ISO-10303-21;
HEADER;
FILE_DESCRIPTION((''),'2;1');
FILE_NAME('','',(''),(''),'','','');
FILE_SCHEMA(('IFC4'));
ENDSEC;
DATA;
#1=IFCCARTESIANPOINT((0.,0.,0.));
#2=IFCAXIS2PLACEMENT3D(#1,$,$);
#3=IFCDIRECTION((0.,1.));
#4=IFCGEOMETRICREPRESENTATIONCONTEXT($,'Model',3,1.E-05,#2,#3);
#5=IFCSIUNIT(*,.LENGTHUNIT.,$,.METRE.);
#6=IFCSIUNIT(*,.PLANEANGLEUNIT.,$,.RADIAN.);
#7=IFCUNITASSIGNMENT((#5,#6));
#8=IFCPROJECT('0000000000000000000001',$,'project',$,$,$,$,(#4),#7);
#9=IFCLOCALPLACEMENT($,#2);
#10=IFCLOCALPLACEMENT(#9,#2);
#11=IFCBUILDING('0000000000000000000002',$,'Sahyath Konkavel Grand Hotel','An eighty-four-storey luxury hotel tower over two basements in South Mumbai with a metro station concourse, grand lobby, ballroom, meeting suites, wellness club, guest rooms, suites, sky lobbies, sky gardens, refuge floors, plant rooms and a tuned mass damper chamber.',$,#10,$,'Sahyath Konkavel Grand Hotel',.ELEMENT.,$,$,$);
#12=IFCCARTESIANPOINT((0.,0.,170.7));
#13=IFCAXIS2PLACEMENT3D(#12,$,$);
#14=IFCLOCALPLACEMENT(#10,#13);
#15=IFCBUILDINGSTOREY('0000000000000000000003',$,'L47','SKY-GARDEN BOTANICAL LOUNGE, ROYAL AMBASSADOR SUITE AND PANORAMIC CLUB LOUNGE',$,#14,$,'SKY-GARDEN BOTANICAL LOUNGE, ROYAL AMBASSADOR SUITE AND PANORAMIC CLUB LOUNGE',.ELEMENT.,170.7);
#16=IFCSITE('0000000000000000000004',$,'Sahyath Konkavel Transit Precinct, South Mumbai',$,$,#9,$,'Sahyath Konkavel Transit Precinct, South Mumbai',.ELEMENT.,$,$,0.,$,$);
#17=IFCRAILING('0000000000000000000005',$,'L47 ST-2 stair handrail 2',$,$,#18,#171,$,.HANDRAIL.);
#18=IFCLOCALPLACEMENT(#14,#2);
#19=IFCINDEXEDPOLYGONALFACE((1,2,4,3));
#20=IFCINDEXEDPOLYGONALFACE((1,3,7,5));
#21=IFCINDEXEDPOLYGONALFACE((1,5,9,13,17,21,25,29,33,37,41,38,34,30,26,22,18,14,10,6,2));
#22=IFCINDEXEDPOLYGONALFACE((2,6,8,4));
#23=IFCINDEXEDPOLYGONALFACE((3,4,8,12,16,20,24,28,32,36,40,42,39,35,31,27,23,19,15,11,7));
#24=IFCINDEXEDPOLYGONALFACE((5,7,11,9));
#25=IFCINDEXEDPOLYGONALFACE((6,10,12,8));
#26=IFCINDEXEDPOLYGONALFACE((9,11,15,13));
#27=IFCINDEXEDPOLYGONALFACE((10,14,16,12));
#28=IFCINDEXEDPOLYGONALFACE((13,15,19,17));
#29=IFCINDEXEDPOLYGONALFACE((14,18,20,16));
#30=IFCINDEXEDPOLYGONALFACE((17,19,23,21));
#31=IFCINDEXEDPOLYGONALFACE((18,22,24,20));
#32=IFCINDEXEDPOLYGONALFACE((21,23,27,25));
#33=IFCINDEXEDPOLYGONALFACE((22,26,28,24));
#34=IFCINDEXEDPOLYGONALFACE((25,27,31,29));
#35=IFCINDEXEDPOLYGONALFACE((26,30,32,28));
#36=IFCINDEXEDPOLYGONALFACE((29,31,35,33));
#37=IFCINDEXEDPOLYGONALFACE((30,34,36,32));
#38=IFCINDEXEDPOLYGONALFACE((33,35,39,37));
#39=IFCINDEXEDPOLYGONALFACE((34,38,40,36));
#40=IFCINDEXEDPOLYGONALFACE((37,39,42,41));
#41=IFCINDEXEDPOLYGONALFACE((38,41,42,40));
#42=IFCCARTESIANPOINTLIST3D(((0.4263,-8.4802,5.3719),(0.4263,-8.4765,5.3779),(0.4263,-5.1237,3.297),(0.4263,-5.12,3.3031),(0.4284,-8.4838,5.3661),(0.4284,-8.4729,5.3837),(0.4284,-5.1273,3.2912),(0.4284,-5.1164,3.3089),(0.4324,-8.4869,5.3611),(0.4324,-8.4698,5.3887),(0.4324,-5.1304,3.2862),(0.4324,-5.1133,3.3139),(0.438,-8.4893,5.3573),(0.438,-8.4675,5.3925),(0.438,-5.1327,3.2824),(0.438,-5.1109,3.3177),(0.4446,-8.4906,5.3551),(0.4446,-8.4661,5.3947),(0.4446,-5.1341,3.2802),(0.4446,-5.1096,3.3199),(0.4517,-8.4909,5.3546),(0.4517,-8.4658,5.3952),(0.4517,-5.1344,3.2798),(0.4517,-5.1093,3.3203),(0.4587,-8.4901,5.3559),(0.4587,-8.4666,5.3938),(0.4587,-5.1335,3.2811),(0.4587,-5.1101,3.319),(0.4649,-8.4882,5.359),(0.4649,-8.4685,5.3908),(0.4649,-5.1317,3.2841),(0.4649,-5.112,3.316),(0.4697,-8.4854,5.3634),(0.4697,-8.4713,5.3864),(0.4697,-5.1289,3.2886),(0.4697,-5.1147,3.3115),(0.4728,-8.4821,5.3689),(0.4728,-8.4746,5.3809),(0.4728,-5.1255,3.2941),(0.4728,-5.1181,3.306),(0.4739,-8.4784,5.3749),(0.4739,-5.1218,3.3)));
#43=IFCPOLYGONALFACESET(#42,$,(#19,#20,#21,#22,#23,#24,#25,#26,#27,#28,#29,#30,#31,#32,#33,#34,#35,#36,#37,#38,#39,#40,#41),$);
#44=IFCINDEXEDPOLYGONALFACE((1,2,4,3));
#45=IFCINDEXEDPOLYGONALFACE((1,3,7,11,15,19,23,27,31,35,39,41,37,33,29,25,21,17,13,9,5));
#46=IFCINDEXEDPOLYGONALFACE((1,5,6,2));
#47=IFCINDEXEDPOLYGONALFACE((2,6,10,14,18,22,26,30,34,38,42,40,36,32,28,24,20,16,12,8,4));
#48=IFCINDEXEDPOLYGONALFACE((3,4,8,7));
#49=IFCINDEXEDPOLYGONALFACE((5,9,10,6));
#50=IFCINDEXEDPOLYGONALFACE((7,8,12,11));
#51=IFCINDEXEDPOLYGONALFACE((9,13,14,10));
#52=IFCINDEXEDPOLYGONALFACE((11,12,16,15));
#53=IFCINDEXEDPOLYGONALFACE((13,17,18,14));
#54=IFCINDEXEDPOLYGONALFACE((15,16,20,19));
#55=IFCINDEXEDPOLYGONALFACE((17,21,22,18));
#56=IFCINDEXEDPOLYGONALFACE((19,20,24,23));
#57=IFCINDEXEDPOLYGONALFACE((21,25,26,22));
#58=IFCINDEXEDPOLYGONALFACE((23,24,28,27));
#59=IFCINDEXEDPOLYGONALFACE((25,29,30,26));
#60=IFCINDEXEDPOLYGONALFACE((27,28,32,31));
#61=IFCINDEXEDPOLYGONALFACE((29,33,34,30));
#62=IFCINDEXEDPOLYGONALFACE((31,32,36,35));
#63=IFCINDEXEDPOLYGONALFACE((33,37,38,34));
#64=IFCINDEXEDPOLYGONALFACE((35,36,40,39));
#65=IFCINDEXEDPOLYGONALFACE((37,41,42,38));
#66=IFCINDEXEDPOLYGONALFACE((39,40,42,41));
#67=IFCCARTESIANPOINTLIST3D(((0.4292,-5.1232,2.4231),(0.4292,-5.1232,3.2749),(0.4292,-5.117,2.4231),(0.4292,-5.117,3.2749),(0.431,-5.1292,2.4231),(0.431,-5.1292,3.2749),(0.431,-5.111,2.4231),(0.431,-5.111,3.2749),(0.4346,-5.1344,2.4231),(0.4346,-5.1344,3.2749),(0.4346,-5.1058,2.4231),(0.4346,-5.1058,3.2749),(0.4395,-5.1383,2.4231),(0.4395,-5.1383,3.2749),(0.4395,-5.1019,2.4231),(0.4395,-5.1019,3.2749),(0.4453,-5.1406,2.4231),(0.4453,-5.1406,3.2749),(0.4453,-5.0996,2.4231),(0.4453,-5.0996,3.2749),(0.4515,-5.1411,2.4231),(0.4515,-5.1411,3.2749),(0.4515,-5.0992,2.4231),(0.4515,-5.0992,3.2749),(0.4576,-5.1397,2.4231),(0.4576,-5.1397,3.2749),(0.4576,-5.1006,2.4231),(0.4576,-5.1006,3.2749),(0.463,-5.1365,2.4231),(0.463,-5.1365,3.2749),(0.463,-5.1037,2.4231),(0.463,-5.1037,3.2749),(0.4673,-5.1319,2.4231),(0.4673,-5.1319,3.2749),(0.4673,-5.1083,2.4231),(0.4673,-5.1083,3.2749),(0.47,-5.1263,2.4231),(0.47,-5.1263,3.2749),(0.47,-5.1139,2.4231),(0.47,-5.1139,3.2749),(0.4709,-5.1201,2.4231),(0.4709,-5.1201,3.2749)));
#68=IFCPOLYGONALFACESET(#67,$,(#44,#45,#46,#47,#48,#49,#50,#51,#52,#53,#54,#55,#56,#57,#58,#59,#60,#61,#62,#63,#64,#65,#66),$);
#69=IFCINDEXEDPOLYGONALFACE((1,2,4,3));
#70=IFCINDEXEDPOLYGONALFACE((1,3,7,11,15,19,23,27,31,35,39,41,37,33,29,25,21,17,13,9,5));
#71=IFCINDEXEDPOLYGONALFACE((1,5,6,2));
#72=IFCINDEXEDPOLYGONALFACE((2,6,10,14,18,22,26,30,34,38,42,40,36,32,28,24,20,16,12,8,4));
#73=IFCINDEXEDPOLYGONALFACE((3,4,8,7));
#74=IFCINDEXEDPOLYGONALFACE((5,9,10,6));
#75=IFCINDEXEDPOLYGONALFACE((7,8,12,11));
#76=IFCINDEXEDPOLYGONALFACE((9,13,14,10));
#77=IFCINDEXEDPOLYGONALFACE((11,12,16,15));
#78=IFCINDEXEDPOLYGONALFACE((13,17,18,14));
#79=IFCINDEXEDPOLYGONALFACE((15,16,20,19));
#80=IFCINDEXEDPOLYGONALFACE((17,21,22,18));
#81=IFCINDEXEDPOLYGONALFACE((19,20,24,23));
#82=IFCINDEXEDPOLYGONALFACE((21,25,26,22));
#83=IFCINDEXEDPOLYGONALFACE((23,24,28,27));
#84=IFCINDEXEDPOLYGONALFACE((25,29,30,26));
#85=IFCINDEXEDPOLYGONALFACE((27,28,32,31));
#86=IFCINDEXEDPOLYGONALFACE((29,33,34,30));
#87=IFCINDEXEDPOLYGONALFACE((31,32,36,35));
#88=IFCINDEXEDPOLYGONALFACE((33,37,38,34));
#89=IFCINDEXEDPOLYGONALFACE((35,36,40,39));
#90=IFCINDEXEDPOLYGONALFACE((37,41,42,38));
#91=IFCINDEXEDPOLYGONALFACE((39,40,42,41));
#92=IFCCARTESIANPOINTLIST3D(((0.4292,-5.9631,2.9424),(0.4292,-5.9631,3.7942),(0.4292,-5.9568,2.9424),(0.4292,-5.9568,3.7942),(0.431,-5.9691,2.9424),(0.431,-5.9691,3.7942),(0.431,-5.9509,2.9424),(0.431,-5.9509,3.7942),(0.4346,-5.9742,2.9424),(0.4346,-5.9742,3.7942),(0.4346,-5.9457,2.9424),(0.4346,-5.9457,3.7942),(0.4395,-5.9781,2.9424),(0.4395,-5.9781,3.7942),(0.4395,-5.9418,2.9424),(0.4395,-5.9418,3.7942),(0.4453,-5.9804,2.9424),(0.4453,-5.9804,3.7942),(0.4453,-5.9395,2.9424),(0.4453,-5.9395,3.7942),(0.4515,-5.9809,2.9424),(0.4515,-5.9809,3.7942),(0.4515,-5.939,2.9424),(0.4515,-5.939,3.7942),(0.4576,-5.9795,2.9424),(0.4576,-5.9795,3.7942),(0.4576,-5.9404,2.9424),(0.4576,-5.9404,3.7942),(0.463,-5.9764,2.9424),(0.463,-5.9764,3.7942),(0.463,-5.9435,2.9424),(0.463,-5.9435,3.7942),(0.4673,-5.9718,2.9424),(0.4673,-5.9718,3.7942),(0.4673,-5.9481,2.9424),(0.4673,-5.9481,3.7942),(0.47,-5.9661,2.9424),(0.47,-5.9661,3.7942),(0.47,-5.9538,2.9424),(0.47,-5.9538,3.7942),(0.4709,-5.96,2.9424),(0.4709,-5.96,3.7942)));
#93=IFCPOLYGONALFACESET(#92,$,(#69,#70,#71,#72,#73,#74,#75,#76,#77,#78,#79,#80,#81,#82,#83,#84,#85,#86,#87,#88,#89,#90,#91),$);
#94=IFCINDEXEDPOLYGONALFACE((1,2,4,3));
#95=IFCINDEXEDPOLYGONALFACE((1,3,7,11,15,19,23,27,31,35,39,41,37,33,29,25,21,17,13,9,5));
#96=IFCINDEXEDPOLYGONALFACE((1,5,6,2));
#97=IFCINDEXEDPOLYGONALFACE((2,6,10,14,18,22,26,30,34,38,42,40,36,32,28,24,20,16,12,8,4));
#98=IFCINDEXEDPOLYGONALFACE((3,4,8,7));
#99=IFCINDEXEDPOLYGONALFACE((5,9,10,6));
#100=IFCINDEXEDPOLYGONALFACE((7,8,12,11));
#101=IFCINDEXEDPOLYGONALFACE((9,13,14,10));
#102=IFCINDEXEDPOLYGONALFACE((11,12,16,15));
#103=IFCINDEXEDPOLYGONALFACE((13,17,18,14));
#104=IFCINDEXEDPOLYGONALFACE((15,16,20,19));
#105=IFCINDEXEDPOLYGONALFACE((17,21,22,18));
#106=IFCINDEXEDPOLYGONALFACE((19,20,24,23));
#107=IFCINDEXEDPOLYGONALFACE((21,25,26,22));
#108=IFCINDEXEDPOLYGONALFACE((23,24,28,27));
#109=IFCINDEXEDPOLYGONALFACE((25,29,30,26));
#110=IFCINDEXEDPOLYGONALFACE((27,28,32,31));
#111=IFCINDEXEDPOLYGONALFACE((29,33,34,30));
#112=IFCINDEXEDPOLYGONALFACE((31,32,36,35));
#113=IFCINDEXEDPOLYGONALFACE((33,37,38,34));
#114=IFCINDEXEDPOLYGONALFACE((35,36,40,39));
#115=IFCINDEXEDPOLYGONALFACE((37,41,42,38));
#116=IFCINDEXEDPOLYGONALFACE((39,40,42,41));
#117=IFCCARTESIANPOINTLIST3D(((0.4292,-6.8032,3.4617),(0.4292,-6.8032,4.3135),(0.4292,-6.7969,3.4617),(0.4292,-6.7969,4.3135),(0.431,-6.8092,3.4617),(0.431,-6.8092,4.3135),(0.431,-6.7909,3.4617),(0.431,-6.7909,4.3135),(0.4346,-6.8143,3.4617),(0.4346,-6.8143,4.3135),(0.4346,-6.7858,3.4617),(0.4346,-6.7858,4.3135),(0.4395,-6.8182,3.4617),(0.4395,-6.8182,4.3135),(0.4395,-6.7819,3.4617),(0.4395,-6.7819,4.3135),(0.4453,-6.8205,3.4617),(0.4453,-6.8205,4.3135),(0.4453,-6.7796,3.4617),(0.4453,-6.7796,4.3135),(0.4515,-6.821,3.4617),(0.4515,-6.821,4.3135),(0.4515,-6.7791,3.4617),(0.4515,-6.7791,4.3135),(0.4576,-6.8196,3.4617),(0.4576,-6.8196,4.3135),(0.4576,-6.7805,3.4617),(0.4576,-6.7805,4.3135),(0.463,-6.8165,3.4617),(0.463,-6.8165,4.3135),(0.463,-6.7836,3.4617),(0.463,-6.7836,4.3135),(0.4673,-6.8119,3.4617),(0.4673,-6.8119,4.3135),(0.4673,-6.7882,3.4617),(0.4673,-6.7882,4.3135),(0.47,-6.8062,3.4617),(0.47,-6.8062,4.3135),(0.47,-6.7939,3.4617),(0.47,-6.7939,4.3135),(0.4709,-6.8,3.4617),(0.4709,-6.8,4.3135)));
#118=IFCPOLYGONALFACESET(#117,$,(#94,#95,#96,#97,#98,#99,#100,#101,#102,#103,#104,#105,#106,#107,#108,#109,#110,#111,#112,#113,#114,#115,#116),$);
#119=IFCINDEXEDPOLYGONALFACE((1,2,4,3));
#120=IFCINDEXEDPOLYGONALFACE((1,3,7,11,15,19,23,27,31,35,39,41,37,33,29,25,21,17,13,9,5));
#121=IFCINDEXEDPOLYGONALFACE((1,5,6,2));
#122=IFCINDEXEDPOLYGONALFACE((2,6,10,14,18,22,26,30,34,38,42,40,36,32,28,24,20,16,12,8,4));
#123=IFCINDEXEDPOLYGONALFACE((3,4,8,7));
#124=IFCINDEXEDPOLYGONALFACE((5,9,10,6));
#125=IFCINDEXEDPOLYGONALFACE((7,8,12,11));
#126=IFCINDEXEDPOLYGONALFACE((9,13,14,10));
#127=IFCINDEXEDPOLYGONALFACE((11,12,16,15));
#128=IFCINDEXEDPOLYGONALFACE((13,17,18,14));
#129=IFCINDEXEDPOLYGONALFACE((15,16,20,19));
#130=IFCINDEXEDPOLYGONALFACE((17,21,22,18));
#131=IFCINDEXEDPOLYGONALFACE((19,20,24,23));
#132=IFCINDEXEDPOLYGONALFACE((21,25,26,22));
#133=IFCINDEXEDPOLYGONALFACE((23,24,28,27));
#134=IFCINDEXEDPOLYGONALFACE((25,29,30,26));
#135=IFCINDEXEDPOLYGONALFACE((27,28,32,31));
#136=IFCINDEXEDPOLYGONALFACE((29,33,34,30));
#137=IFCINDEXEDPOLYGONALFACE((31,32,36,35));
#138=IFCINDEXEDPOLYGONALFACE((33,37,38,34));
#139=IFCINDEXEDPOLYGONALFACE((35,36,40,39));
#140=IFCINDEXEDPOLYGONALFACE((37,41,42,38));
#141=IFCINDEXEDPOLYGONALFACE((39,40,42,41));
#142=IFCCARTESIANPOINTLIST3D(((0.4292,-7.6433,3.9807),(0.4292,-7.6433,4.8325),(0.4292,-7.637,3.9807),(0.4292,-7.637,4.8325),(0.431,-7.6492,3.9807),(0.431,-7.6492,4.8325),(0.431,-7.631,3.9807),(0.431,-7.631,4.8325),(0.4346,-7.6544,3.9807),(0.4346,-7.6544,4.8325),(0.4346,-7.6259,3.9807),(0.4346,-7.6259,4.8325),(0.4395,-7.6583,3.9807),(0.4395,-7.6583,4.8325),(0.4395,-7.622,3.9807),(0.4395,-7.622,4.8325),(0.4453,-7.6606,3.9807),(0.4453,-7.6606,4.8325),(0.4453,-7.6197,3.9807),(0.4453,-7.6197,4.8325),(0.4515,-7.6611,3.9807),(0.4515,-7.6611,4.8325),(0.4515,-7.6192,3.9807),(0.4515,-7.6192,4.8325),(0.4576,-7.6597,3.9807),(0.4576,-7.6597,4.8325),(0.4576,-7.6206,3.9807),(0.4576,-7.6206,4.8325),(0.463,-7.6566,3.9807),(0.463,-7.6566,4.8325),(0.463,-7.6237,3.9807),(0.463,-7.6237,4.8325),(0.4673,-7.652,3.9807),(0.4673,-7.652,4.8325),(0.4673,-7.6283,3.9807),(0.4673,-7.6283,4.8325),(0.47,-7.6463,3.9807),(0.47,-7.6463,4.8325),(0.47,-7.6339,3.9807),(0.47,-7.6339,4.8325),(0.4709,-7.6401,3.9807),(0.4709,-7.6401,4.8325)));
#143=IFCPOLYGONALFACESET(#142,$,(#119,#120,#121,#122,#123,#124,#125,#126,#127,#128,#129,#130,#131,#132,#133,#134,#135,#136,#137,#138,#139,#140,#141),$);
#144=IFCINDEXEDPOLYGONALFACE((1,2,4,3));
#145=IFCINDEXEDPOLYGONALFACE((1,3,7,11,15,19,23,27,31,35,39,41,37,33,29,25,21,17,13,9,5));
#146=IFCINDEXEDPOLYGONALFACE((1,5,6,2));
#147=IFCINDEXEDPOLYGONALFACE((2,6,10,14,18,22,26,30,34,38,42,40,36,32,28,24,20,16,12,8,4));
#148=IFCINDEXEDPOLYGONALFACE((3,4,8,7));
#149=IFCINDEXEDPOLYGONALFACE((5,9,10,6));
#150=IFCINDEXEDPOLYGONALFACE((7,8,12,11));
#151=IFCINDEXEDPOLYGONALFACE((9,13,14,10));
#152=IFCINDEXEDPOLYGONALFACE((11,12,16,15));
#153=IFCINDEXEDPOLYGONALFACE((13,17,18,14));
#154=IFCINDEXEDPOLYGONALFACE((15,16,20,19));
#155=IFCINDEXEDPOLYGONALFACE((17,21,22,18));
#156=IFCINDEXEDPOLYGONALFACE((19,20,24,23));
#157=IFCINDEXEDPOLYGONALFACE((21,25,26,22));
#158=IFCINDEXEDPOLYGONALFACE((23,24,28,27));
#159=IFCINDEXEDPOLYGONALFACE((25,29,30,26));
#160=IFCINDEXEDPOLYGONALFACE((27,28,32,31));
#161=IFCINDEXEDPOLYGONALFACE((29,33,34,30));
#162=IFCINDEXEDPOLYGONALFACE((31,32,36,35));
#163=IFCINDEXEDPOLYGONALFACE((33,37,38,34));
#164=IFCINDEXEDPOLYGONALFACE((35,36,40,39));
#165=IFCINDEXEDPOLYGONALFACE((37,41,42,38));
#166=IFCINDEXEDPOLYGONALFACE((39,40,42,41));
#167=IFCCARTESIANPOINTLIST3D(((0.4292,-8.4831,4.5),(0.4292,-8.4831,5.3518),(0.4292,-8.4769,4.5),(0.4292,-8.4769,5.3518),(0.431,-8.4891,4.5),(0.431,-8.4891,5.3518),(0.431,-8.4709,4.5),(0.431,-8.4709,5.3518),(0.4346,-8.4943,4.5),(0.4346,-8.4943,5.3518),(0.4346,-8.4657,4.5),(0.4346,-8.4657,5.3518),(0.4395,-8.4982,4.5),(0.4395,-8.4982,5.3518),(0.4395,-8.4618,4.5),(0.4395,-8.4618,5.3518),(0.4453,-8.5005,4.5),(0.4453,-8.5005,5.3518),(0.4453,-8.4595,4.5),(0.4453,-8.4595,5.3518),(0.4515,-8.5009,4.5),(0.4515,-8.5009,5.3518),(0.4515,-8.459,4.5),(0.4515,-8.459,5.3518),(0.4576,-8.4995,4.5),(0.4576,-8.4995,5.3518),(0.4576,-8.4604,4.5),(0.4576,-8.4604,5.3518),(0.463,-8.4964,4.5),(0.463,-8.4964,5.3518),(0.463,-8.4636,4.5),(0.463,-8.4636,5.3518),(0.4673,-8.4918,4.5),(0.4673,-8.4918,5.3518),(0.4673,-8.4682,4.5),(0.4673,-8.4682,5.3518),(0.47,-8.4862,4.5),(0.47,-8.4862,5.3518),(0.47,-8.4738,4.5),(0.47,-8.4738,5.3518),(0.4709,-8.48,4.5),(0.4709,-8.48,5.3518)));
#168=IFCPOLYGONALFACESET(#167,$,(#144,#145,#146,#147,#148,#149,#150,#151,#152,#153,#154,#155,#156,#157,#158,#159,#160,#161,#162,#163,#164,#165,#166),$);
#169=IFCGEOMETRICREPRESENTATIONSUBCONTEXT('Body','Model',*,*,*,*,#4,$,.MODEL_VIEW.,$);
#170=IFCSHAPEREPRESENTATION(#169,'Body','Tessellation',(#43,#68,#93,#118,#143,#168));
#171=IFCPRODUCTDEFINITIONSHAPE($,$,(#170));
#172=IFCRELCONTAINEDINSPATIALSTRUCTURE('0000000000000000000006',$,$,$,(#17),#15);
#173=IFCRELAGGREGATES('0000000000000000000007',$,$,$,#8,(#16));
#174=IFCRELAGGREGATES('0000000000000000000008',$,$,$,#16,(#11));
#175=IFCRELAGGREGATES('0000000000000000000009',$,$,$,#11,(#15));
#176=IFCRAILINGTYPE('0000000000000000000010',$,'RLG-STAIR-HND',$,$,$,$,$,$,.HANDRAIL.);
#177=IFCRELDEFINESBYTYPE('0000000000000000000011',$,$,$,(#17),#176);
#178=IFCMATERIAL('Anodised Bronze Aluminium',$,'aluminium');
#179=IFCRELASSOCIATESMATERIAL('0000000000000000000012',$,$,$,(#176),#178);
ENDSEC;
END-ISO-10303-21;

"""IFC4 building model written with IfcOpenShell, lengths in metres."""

from ifc_helpers import new_model, si_unit, direction, frame, origin, origin_2d, place, context, subcontext, project, spatial, circle, extrude, material, type_object, element, save


model = new_model("IFC4")

# Units and contexts
model_context = context("Model", 3, precision=1e-05, world=origin(), true_north=direction((0.0, 1.0)))
body_context = subcontext(model_context, "Body", "Model", "MODEL_VIEW")
ifc_project = project(units=[si_unit("LENGTHUNIT", "METRE"), si_unit("PLANEANGLEUNIT", "RADIAN")], contexts=[model_context])

# Site, building, storey
site_placement = place(None, origin())
site = spatial("IfcSite", under=ifc_project, at=site_placement, Name="Sahyath Konkavel Transit Precinct, South Mumbai", LongName="Sahyath Konkavel Transit Precinct, South Mumbai", CompositionType="ELEMENT", RefElevation=0.0)
building_placement = place(site_placement, origin())
building = spatial("IfcBuilding", under=site, at=building_placement, Name="Sahyath Konkavel Grand Hotel", Description="An eighty-four-storey luxury hotel tower over two basements in South Mumbai with a metro station concourse, grand lobby, ballroom, meeting suites, wellness club, guest rooms, suites, sky lobbies, sky gardens, refuge floors, plant rooms and a tuned mass damper chamber.", LongName="Sahyath Konkavel Grand Hotel", CompositionType="ELEMENT")
storey_placement = place(building_placement, frame((0.0, 0.0, 170.7)))
storey = spatial("IfcBuildingStorey", under=building, at=storey_placement, Name="L47", Description="SKY-GARDEN BOTANICAL LOUNGE, ROYAL AMBASSADOR SUITE AND PANORAMIC CLUB LOUNGE", LongName="SKY-GARDEN BOTANICAL LOUNGE, ROYAL AMBASSADOR SUITE AND PANORAMIC CLUB LOUNGE", CompositionType="ELEMENT", Elevation=170.7)

# Shared definitions
ifc_material_1 = material(Name="Anodised Bronze Aluminium", Category="aluminium")

# Railing
railing_type_1 = type_object("IfcRailingType", Name="RLG-STAIR-HND", PredefinedType="HANDRAIL", material=ifc_material_1)
railing_1_placement = place(storey_placement, frame((0.45, -5.1201, 2.4231)))
element("IfcRailing", 1, at=railing_1_placement, inside=storey, type_object=railing_type_1, Name="L47 ST-2 stair handrail 2", PredefinedType="HANDRAIL", context=body_context, shape_type="SweptSolid", body=[
    extrude(circle(Radius=0.0239, at=origin_2d()), frame((0.0, -0.0017, 0.877), z_axis=(0.0, -0.850606, 0.525803), x_axis=(1.0, 0.0, 0.0)), (0.0, 0.0, 1.0), 3.946),
    extrude(circle(Radius=0.021, at=origin_2d()), origin(), (0.0, 0.0, 1.0), 0.8518),
    extrude(circle(Radius=0.021, at=origin_2d()), frame((0.0, -0.8398, 0.5193)), (0.0, 0.0, 1.0), 0.8518),
    extrude(circle(Radius=0.021, at=origin_2d()), frame((0.0, -1.6799, 1.0386)), (0.0, 0.0, 1.0), 0.8518),
    extrude(circle(Radius=0.021, at=origin_2d()), frame((0.0, -2.52, 1.5576)), (0.0, 0.0, 1.0), 0.8518),
    extrude(circle(Radius=0.021, at=origin_2d()), frame((0.0, -3.3599, 2.0769)), (0.0, 0.0, 1.0), 0.8518),
])

save(model, "model.ifc")
